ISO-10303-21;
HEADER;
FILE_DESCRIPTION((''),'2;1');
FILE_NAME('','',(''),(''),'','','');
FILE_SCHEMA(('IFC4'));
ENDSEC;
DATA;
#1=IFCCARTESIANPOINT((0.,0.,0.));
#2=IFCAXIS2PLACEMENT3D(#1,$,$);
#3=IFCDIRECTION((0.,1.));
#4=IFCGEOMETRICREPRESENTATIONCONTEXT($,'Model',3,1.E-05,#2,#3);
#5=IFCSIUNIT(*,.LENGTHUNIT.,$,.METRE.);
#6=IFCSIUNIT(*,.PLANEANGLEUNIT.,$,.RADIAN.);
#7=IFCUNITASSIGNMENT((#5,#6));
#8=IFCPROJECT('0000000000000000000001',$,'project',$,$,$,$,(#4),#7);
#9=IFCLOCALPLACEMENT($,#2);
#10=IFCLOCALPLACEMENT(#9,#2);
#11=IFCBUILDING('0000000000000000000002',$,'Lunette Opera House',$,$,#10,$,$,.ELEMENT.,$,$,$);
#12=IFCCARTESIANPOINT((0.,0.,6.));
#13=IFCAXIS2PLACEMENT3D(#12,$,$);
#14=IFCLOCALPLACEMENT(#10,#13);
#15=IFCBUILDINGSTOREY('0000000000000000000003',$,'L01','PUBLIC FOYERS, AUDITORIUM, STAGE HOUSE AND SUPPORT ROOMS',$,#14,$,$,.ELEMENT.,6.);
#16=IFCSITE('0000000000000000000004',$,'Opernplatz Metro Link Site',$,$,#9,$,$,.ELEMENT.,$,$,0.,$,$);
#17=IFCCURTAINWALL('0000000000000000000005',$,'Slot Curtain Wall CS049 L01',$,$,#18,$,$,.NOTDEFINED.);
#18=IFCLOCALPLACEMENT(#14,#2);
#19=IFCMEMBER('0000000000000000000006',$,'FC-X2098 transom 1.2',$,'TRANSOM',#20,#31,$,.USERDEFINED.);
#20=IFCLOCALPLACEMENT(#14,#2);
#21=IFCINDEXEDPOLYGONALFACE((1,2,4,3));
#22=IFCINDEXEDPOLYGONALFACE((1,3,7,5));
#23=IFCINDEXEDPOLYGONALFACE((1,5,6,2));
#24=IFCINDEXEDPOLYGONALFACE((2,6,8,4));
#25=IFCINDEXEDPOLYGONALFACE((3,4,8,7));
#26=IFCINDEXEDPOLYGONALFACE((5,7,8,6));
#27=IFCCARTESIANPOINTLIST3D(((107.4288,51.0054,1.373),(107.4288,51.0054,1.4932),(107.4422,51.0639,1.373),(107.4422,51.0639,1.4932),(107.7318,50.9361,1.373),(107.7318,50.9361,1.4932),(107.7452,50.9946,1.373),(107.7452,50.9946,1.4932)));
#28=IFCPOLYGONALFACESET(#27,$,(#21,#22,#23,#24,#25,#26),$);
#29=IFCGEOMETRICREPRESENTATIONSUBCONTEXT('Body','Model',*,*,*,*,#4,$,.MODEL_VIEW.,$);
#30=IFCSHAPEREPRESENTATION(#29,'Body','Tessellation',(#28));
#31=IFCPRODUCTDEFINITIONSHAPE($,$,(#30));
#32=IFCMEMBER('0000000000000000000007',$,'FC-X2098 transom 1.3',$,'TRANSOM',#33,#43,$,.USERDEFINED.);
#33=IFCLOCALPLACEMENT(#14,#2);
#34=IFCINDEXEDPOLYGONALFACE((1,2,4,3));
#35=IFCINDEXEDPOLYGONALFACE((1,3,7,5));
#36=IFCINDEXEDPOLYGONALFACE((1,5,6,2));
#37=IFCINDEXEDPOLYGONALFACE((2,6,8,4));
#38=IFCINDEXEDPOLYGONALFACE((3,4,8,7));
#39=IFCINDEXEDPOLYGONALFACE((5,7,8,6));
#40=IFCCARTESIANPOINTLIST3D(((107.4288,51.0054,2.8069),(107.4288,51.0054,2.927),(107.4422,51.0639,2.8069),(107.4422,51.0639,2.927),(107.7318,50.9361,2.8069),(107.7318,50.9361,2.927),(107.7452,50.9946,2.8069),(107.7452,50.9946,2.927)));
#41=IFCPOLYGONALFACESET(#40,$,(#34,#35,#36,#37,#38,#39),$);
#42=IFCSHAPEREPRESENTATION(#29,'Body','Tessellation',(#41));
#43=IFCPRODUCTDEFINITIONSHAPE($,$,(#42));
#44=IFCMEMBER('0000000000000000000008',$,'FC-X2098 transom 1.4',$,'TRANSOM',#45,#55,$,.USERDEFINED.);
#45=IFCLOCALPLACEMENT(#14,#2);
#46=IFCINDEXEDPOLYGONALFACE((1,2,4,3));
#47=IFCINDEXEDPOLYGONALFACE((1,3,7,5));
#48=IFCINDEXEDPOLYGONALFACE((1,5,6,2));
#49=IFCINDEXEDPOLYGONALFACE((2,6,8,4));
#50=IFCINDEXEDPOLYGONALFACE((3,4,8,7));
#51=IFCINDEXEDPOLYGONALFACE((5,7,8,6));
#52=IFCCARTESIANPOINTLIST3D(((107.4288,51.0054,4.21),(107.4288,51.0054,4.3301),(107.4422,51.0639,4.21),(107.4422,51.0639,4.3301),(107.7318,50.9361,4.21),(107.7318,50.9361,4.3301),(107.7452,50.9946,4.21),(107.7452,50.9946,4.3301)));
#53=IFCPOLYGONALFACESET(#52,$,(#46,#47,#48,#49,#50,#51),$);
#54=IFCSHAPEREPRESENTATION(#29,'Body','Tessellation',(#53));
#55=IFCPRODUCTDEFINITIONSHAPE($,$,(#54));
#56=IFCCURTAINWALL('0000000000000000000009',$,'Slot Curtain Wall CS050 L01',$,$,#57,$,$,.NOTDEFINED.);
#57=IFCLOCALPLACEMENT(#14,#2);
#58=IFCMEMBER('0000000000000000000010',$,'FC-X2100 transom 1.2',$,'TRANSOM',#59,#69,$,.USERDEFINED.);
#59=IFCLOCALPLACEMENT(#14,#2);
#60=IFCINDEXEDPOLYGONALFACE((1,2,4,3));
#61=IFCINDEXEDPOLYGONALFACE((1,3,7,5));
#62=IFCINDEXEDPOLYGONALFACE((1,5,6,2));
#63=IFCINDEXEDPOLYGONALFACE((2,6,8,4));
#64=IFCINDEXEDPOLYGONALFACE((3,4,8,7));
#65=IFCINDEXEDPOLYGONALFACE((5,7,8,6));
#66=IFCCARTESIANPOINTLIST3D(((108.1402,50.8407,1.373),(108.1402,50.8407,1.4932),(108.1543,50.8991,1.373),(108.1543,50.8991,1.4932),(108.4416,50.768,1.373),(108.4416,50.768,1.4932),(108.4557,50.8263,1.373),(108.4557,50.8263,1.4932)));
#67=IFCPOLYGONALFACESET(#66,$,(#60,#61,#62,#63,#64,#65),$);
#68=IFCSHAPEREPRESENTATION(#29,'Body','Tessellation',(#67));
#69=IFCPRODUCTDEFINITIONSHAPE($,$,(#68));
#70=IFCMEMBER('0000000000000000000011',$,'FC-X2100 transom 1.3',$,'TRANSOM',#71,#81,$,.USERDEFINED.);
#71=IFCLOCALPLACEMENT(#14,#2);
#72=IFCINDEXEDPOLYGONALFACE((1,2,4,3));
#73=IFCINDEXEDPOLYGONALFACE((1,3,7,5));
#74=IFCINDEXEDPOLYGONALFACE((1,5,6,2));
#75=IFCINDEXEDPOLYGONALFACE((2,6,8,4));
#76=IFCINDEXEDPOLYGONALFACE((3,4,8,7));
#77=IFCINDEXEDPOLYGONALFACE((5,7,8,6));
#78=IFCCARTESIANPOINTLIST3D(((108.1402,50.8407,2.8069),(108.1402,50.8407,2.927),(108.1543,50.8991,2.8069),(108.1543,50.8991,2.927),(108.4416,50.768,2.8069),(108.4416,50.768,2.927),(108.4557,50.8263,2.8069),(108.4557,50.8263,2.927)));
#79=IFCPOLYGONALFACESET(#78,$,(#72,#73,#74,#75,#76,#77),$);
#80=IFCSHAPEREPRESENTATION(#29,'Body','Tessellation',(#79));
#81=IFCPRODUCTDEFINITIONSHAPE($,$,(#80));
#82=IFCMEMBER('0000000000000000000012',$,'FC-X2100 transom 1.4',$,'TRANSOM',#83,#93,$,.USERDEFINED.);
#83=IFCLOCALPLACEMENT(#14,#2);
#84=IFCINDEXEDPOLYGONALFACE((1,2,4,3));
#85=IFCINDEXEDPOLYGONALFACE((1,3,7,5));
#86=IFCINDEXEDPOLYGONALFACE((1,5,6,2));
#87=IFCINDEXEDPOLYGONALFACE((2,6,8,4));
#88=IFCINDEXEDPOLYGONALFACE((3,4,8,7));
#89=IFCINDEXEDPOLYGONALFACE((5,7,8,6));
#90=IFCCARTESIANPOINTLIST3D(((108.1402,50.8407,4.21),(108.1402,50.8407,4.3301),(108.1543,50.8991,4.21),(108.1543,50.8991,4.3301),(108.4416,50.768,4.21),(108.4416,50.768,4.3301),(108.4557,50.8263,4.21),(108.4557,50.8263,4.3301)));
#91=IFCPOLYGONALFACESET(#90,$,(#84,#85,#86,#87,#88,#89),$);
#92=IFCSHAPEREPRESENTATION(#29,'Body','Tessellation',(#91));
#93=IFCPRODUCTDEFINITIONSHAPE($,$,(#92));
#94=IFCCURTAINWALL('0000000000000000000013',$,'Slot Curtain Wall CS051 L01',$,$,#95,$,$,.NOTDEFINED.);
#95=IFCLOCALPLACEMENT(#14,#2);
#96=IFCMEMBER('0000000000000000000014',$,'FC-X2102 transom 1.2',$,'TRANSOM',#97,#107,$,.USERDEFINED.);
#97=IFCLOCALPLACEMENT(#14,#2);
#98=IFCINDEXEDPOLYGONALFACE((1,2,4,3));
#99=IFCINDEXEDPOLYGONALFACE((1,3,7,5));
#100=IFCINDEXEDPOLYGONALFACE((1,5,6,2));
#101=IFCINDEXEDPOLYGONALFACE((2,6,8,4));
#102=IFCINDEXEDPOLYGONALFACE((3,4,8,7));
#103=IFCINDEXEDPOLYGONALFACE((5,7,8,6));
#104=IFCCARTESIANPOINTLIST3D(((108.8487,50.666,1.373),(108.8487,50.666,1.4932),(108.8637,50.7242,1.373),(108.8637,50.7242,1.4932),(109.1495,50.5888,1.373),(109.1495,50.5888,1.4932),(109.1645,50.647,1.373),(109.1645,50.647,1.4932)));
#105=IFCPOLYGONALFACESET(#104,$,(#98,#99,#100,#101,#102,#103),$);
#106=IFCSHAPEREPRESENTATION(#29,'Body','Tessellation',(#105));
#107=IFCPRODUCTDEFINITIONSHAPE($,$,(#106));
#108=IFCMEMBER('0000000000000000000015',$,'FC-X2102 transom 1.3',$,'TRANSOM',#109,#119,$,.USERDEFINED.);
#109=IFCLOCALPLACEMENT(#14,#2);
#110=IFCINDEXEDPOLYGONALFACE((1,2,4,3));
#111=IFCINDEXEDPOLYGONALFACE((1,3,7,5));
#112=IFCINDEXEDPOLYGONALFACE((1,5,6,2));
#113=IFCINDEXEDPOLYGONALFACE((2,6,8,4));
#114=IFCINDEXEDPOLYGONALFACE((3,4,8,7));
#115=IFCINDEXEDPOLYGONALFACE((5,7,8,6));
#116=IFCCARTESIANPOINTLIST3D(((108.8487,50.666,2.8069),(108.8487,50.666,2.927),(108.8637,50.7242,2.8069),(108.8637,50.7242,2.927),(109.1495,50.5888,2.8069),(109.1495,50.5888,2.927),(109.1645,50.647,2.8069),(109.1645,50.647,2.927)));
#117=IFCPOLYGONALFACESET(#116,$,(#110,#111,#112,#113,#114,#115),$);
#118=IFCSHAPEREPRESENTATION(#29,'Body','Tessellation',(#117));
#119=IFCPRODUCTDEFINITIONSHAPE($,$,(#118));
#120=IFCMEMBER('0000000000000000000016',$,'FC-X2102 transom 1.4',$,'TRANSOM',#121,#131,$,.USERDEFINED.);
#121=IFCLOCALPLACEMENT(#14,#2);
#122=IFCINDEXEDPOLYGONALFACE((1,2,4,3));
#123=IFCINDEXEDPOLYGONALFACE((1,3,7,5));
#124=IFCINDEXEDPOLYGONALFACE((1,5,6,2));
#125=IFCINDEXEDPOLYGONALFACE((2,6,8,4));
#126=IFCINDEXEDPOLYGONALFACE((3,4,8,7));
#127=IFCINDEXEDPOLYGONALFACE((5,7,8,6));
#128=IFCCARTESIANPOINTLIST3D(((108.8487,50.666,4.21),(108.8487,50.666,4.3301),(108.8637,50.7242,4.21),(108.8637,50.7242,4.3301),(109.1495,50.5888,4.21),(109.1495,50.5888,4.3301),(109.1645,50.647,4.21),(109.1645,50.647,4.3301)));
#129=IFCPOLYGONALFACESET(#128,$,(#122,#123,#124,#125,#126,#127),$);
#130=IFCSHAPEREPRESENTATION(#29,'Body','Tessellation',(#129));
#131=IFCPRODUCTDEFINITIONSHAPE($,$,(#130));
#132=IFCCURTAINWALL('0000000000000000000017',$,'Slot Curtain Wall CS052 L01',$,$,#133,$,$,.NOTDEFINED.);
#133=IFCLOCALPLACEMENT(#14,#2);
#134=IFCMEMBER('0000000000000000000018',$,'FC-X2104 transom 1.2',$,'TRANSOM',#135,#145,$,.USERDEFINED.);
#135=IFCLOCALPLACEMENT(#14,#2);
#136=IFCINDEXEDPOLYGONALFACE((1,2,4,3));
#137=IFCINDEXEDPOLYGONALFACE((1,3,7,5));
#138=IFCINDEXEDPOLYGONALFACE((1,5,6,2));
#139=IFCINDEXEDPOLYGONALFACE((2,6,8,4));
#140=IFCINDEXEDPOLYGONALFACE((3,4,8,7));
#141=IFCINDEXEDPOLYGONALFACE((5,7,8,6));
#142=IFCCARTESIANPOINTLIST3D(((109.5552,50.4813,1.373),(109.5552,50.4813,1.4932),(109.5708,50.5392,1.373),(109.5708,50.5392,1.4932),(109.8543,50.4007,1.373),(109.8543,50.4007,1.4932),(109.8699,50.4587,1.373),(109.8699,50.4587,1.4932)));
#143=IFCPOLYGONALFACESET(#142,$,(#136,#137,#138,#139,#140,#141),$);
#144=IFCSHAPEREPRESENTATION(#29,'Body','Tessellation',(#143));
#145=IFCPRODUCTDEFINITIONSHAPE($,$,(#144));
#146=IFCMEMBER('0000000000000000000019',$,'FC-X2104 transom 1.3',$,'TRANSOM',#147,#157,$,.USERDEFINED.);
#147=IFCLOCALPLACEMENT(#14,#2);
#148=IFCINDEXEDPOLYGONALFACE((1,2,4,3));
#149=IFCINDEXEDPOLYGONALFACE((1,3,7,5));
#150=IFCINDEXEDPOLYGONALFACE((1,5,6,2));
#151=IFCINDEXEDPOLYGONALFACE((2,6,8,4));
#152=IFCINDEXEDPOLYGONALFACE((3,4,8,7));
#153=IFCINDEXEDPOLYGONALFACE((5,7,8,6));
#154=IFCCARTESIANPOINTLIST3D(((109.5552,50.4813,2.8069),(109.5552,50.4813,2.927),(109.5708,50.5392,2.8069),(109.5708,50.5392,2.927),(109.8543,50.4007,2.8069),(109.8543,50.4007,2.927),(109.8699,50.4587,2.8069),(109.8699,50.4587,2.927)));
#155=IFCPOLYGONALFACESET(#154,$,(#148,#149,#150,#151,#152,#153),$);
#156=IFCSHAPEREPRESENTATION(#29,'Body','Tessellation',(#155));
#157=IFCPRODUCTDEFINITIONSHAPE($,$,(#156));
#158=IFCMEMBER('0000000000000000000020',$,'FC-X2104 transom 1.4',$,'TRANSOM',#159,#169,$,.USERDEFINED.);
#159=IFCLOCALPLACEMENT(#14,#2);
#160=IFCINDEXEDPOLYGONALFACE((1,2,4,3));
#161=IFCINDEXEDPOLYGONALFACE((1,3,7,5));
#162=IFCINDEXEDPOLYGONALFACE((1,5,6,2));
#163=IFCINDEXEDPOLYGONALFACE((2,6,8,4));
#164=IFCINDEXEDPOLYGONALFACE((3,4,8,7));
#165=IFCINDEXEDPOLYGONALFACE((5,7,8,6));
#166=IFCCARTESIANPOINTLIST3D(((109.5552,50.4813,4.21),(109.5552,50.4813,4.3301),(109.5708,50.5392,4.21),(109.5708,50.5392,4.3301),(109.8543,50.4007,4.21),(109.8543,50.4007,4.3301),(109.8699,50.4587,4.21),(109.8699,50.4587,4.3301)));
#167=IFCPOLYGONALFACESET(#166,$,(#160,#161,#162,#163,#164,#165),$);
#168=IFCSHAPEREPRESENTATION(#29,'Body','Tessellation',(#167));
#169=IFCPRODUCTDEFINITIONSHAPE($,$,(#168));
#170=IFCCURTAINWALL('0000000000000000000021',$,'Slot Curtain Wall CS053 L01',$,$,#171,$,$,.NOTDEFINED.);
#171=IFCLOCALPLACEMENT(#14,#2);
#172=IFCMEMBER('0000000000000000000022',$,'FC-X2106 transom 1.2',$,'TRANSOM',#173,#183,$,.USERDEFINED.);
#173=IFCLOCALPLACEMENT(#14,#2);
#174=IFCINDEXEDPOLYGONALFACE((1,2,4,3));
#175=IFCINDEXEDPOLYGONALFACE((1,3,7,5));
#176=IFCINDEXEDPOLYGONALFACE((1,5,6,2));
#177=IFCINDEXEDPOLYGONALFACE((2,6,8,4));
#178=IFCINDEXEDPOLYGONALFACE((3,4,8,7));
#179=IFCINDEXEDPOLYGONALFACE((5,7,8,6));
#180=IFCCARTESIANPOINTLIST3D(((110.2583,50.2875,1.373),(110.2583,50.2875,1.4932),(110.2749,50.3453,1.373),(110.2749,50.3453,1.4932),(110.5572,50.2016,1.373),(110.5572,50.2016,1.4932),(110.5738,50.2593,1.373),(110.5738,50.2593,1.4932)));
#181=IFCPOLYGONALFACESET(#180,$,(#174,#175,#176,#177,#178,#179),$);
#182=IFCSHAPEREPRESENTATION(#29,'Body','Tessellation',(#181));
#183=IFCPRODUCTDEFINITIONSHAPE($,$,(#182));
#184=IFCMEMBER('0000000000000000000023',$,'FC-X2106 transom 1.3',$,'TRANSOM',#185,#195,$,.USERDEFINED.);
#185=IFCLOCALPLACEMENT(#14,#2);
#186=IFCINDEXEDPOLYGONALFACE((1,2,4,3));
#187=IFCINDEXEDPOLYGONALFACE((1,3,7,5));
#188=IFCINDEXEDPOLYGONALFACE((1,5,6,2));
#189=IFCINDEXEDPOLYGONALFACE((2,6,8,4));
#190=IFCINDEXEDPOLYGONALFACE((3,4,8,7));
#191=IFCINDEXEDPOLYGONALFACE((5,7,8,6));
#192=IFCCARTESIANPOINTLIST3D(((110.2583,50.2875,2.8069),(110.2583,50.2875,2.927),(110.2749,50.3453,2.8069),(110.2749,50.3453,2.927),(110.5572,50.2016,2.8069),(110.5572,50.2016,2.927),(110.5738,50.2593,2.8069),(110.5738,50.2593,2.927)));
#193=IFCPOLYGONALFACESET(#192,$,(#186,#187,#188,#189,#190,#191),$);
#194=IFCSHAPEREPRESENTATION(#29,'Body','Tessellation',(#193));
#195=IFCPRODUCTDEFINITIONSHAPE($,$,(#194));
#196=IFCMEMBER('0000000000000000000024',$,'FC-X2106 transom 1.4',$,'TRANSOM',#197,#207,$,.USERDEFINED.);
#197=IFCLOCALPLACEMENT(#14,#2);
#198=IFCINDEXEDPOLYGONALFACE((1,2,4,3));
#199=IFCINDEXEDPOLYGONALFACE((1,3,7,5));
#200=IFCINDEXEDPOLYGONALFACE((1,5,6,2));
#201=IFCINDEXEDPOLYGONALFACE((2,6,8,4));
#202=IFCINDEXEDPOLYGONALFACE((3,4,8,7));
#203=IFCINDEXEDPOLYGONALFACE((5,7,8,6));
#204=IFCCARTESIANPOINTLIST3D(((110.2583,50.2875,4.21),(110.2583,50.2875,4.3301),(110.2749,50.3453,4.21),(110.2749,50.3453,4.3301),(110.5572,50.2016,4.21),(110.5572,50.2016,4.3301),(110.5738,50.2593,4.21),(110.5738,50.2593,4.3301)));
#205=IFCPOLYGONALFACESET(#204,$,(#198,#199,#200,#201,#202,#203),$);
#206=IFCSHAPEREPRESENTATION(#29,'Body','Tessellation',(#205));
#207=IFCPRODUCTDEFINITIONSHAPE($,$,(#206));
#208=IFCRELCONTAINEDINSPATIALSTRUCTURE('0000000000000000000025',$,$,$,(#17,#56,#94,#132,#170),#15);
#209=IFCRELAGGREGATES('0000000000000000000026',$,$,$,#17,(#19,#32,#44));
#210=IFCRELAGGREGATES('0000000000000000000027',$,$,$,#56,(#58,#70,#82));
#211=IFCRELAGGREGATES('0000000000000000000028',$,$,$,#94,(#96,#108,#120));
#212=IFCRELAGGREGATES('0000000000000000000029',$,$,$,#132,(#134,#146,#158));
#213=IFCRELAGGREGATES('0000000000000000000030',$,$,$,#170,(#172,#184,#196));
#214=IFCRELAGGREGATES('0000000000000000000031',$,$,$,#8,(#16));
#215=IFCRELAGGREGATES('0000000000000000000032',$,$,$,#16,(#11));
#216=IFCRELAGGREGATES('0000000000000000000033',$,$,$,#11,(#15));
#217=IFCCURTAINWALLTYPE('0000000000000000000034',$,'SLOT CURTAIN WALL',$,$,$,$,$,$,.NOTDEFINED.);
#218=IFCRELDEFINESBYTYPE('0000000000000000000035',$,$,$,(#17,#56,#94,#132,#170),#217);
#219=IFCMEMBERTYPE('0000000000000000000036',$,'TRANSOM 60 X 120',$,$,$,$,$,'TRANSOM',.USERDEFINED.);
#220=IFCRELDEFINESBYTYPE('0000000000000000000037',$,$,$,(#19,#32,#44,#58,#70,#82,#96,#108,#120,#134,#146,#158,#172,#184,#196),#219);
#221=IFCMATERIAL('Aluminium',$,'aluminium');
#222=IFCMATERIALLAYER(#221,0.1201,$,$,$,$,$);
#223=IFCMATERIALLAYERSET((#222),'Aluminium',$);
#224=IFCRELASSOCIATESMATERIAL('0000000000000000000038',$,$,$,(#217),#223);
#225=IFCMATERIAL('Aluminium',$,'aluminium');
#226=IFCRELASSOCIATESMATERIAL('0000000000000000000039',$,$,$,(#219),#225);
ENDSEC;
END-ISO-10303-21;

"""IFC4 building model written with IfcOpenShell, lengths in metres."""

from ifc_helpers import new_model, si_unit, direction, frame, origin, origin_2d, place, context, subcontext, project, spatial, rectangle, extrude, material, layer, layer_set, material_profile, profile_set, type_object, element, aggregate, save


model = new_model("IFC4")

# Units and contexts
model_context = context("Model", 3, precision=1e-05, world=origin(), true_north=direction((0.0, 1.0)))
body_context = subcontext(model_context, "Body", "Model", "MODEL_VIEW")
ifc_project = project(units=[si_unit("LENGTHUNIT", "METRE"), si_unit("PLANEANGLEUNIT", "RADIAN")], contexts=[model_context])

# Site, building, storey
site_placement = place(None, origin())
site = spatial("IfcSite", under=ifc_project, at=site_placement, Name="Opernplatz Metro Link Site", CompositionType="ELEMENT", RefElevation=0.0)
building_placement = place(site_placement, origin())
building = spatial("IfcBuilding", under=site, at=building_placement, Name="Lunette Opera House", CompositionType="ELEMENT")
storey_placement = place(building_placement, frame((0.0, 0.0, 6.0)))
storey = spatial("IfcBuildingStorey", under=building, at=storey_placement, Name="L01", Description="PUBLIC FOYERS, AUDITORIUM, STAGE HOUSE AND SUPPORT ROOMS", CompositionType="ELEMENT", Elevation=6.0)

# Curtain walls, members
ifc_material_1 = material(Name="Aluminium", Category="aluminium")
ifc_layer_1 = layer(ifc_material_1, 0.1201)
ifc_layer_set_1 = layer_set([ifc_layer_1], Name="Aluminium")
curtain_wall_type = type_object("IfcCurtainWallType", Name="SLOT CURTAIN WALL", PredefinedType="NOTDEFINED", material=ifc_layer_set_1)
curtain_wall_1_placement = place(storey_placement, origin())
curtain_wall_1 = element("IfcCurtainWall", 1, at=curtain_wall_1_placement, inside=storey, type_object=curtain_wall_type, Name="Slot Curtain Wall CS049 L01", PredefinedType="NOTDEFINED")
ifc_material_2 = material(Name="Aluminium", Category="aluminium")
ifc_material_profile = material_profile(ifc_material_2, rectangle(XDim=0.0601, YDim=0.1201, at=origin_2d()), Name="TRANSOM 60 X 120")
ifc_profile_set = profile_set([ifc_material_profile], Name="Aluminium")
member_type = type_object("IfcMemberType", Name="TRANSOM 60 X 120", ElementType="TRANSOM", PredefinedType="USERDEFINED", material=ifc_profile_set)
member_1_placement = place(storey_placement, frame((107.4355, 51.0347, 1.4331), z_axis=(0.9748, -0.223081, 0.0), x_axis=(0.223081, 0.9748, 0.0)))
member_1 = element("IfcMember", 2, at=member_1_placement, type_object=member_type, Name="FC-X2098 transom 1.2", ObjectType="TRANSOM", PredefinedType="USERDEFINED", context=body_context, shape_type="SweptSolid", body=[
    extrude(rectangle(XDim=0.0601, YDim=0.1201, at=origin_2d()), origin(), (0.0, 0.0, 1.0), 0.3108),
])
member_2_placement = place(storey_placement, frame((107.4355, 51.0347, 2.8669), z_axis=(0.9748, -0.223081, 0.0), x_axis=(0.223081, 0.9748, 0.0)))
member_2 = element("IfcMember", 3, at=member_2_placement, type_object=member_type, Name="FC-X2098 transom 1.3", ObjectType="TRANSOM", PredefinedType="USERDEFINED", context=body_context, shape_type="SweptSolid", body=[
    extrude(rectangle(XDim=0.0601, YDim=0.1201, at=origin_2d()), origin(), (0.0, 0.0, 1.0), 0.3108),
])
member_3_placement = place(storey_placement, frame((107.4355, 51.0347, 4.27), z_axis=(0.9748, -0.223081, 0.0), x_axis=(0.223081, 0.9748, 0.0)))
member_3 = element("IfcMember", 4, at=member_3_placement, type_object=member_type, Name="FC-X2098 transom 1.4", ObjectType="TRANSOM", PredefinedType="USERDEFINED", context=body_context, shape_type="SweptSolid", body=[
    extrude(rectangle(XDim=0.0601, YDim=0.1201, at=origin_2d()), origin(), (0.0, 0.0, 1.0), 0.3108),
])
curtain_wall_2_placement = place(storey_placement, origin())
curtain_wall_2 = element("IfcCurtainWall", 5, at=curtain_wall_2_placement, inside=storey, type_object=curtain_wall_type, Name="Slot Curtain Wall CS050 L01", PredefinedType="NOTDEFINED")
member_4_placement = place(storey_placement, frame((108.1472, 50.8699, 1.4331), z_axis=(0.972101, -0.234564, 0.0), x_axis=(0.234564, 0.972101, 0.0)))
member_4 = element("IfcMember", 6, at=member_4_placement, type_object=member_type, Name="FC-X2100 transom 1.2", ObjectType="TRANSOM", PredefinedType="USERDEFINED", context=body_context, shape_type="SweptSolid", body=[
    extrude(rectangle(XDim=0.0601, YDim=0.1201, at=origin_2d()), origin(), (0.0, 0.0, 1.0), 0.3101),
])
member_5_placement = place(storey_placement, frame((108.1472, 50.8699, 2.8669), z_axis=(0.972101, -0.234564, 0.0), x_axis=(0.234564, 0.972101, 0.0)))
member_5 = element("IfcMember", 7, at=member_5_placement, type_object=member_type, Name="FC-X2100 transom 1.3", ObjectType="TRANSOM", PredefinedType="USERDEFINED", context=body_context, shape_type="SweptSolid", body=[
    extrude(rectangle(XDim=0.0601, YDim=0.1201, at=origin_2d()), origin(), (0.0, 0.0, 1.0), 0.3101),
])
member_6_placement = place(storey_placement, frame((108.1472, 50.8699, 4.27), z_axis=(0.972101, -0.234564, 0.0), x_axis=(0.234564, 0.972101, 0.0)))
member_6 = element("IfcMember", 8, at=member_6_placement, type_object=member_type, Name="FC-X2100 transom 1.4", ObjectType="TRANSOM", PredefinedType="USERDEFINED", context=body_context, shape_type="SweptSolid", body=[
    extrude(rectangle(XDim=0.0601, YDim=0.1201, at=origin_2d()), origin(), (0.0, 0.0, 1.0), 0.3101),
])
curtain_wall_3_placement = place(storey_placement, origin())
curtain_wall_3 = element("IfcCurtainWall", 9, at=curtain_wall_3_placement, inside=storey, type_object=curtain_wall_type, Name="Slot Curtain Wall CS051 L01", PredefinedType="NOTDEFINED")
member_7_placement = place(storey_placement, frame((108.8562, 50.6951, 1.4331), z_axis=(0.968644, -0.248451, 0.0), x_axis=(0.248451, 0.968644, 0.0)))
member_7 = element("IfcMember", 10, at=member_7_placement, type_object=member_type, Name="FC-X2102 transom 1.2", ObjectType="TRANSOM", PredefinedType="USERDEFINED", context=body_context, shape_type="SweptSolid", body=[
    extrude(rectangle(XDim=0.0601, YDim=0.1201, at=origin_2d()), origin(), (0.0, 0.0, 1.0), 0.3105),
])
member_8_placement = place(storey_placement, frame((108.8562, 50.6951, 2.8669), z_axis=(0.968644, -0.248451, 0.0), x_axis=(0.248451, 0.968644, 0.0)))
member_8 = element("IfcMember", 11, at=member_8_placement, type_object=member_type, Name="FC-X2102 transom 1.3", ObjectType="TRANSOM", PredefinedType="USERDEFINED", context=body_context, shape_type="SweptSolid", body=[
    extrude(rectangle(XDim=0.0601, YDim=0.1201, at=origin_2d()), origin(), (0.0, 0.0, 1.0), 0.3105),
])
member_9_placement = place(storey_placement, frame((108.8562, 50.6951, 4.27), z_axis=(0.968644, -0.248451, 0.0), x_axis=(0.248451, 0.968644, 0.0)))
member_9 = element("IfcMember", 12, at=member_9_placement, type_object=member_type, Name="FC-X2102 transom 1.4", ObjectType="TRANSOM", PredefinedType="USERDEFINED", context=body_context, shape_type="SweptSolid", body=[
    extrude(rectangle(XDim=0.0601, YDim=0.1201, at=origin_2d()), origin(), (0.0, 0.0, 1.0), 0.3105),
])
curtain_wall_4_placement = place(storey_placement, origin())
curtain_wall_4 = element("IfcCurtainWall", 13, at=curtain_wall_4_placement, inside=storey, type_object=curtain_wall_type, Name="Slot Curtain Wall CS052 L01", PredefinedType="NOTDEFINED")
member_10_placement = place(storey_placement, frame((109.563, 50.5103, 1.4331), z_axis=(0.965578, -0.260115, 0.0), x_axis=(0.260115, 0.965578, 0.0)))
member_10 = element("IfcMember", 14, at=member_10_placement, type_object=member_type, Name="FC-X2104 transom 1.2", ObjectType="TRANSOM", PredefinedType="USERDEFINED", context=body_context, shape_type="SweptSolid", body=[
    extrude(rectangle(XDim=0.0601, YDim=0.1201, at=origin_2d()), origin(), (0.0, 0.0, 1.0), 0.3098),
])
member_11_placement = place(storey_placement, frame((109.563, 50.5103, 2.8669), z_axis=(0.965578, -0.260115, 0.0), x_axis=(0.260115, 0.965578, 0.0)))
member_11 = element("IfcMember", 15, at=member_11_placement, type_object=member_type, Name="FC-X2104 transom 1.3", ObjectType="TRANSOM", PredefinedType="USERDEFINED", context=body_context, shape_type="SweptSolid", body=[
    extrude(rectangle(XDim=0.0601, YDim=0.1201, at=origin_2d()), origin(), (0.0, 0.0, 1.0), 0.3098),
])
member_12_placement = place(storey_placement, frame((109.563, 50.5103, 4.27), z_axis=(0.965578, -0.260115, 0.0), x_axis=(0.260115, 0.965578, 0.0)))
member_12 = element("IfcMember", 16, at=member_12_placement, type_object=member_type, Name="FC-X2104 transom 1.4", ObjectType="TRANSOM", PredefinedType="USERDEFINED", context=body_context, shape_type="SweptSolid", body=[
    extrude(rectangle(XDim=0.0601, YDim=0.1201, at=origin_2d()), origin(), (0.0, 0.0, 1.0), 0.3098),
])
curtain_wall_5_placement = place(storey_placement, origin())
curtain_wall_5 = element("IfcCurtainWall", 17, at=curtain_wall_5_placement, inside=storey, type_object=curtain_wall_type, Name="Slot Curtain Wall CS053 L01", PredefinedType="NOTDEFINED")
member_13_placement = place(storey_placement, frame((110.2666, 50.3164, 1.4331), z_axis=(0.961048, -0.27638, 0.0), x_axis=(0.27638, 0.961048, 0.0)))
member_13 = element("IfcMember", 18, at=member_13_placement, type_object=member_type, Name="FC-X2106 transom 1.2", ObjectType="TRANSOM", PredefinedType="USERDEFINED", context=body_context, shape_type="SweptSolid", body=[
    extrude(rectangle(XDim=0.0601, YDim=0.1201, at=origin_2d()), origin(), (0.0, 0.0, 1.0), 0.311),
])
member_14_placement = place(storey_placement, frame((110.2666, 50.3164, 2.8669), z_axis=(0.961048, -0.27638, 0.0), x_axis=(0.27638, 0.961048, 0.0)))
member_14 = element("IfcMember", 19, at=member_14_placement, type_object=member_type, Name="FC-X2106 transom 1.3", ObjectType="TRANSOM", PredefinedType="USERDEFINED", context=body_context, shape_type="SweptSolid", body=[
    extrude(rectangle(XDim=0.0601, YDim=0.1201, at=origin_2d()), origin(), (0.0, 0.0, 1.0), 0.311),
])
member_15_placement = place(storey_placement, frame((110.2666, 50.3164, 4.27), z_axis=(0.961048, -0.27638, 0.0), x_axis=(0.27638, 0.961048, 0.0)))
member_15 = element("IfcMember", 20, at=member_15_placement, type_object=member_type, Name="FC-X2106 transom 1.4", ObjectType="TRANSOM", PredefinedType="USERDEFINED", context=body_context, shape_type="SweptSolid", body=[
    extrude(rectangle(XDim=0.0601, YDim=0.1201, at=origin_2d()), origin(), (0.0, 0.0, 1.0), 0.311),
])

aggregate(curtain_wall_1, [member_1, member_2, member_3])
aggregate(curtain_wall_2, [member_4, member_5, member_6])
aggregate(curtain_wall_3, [member_7, member_8, member_9])
aggregate(curtain_wall_4, [member_10, member_11, member_12])
aggregate(curtain_wall_5, [member_13, member_14, member_15])

save(model, "model.ifc")
